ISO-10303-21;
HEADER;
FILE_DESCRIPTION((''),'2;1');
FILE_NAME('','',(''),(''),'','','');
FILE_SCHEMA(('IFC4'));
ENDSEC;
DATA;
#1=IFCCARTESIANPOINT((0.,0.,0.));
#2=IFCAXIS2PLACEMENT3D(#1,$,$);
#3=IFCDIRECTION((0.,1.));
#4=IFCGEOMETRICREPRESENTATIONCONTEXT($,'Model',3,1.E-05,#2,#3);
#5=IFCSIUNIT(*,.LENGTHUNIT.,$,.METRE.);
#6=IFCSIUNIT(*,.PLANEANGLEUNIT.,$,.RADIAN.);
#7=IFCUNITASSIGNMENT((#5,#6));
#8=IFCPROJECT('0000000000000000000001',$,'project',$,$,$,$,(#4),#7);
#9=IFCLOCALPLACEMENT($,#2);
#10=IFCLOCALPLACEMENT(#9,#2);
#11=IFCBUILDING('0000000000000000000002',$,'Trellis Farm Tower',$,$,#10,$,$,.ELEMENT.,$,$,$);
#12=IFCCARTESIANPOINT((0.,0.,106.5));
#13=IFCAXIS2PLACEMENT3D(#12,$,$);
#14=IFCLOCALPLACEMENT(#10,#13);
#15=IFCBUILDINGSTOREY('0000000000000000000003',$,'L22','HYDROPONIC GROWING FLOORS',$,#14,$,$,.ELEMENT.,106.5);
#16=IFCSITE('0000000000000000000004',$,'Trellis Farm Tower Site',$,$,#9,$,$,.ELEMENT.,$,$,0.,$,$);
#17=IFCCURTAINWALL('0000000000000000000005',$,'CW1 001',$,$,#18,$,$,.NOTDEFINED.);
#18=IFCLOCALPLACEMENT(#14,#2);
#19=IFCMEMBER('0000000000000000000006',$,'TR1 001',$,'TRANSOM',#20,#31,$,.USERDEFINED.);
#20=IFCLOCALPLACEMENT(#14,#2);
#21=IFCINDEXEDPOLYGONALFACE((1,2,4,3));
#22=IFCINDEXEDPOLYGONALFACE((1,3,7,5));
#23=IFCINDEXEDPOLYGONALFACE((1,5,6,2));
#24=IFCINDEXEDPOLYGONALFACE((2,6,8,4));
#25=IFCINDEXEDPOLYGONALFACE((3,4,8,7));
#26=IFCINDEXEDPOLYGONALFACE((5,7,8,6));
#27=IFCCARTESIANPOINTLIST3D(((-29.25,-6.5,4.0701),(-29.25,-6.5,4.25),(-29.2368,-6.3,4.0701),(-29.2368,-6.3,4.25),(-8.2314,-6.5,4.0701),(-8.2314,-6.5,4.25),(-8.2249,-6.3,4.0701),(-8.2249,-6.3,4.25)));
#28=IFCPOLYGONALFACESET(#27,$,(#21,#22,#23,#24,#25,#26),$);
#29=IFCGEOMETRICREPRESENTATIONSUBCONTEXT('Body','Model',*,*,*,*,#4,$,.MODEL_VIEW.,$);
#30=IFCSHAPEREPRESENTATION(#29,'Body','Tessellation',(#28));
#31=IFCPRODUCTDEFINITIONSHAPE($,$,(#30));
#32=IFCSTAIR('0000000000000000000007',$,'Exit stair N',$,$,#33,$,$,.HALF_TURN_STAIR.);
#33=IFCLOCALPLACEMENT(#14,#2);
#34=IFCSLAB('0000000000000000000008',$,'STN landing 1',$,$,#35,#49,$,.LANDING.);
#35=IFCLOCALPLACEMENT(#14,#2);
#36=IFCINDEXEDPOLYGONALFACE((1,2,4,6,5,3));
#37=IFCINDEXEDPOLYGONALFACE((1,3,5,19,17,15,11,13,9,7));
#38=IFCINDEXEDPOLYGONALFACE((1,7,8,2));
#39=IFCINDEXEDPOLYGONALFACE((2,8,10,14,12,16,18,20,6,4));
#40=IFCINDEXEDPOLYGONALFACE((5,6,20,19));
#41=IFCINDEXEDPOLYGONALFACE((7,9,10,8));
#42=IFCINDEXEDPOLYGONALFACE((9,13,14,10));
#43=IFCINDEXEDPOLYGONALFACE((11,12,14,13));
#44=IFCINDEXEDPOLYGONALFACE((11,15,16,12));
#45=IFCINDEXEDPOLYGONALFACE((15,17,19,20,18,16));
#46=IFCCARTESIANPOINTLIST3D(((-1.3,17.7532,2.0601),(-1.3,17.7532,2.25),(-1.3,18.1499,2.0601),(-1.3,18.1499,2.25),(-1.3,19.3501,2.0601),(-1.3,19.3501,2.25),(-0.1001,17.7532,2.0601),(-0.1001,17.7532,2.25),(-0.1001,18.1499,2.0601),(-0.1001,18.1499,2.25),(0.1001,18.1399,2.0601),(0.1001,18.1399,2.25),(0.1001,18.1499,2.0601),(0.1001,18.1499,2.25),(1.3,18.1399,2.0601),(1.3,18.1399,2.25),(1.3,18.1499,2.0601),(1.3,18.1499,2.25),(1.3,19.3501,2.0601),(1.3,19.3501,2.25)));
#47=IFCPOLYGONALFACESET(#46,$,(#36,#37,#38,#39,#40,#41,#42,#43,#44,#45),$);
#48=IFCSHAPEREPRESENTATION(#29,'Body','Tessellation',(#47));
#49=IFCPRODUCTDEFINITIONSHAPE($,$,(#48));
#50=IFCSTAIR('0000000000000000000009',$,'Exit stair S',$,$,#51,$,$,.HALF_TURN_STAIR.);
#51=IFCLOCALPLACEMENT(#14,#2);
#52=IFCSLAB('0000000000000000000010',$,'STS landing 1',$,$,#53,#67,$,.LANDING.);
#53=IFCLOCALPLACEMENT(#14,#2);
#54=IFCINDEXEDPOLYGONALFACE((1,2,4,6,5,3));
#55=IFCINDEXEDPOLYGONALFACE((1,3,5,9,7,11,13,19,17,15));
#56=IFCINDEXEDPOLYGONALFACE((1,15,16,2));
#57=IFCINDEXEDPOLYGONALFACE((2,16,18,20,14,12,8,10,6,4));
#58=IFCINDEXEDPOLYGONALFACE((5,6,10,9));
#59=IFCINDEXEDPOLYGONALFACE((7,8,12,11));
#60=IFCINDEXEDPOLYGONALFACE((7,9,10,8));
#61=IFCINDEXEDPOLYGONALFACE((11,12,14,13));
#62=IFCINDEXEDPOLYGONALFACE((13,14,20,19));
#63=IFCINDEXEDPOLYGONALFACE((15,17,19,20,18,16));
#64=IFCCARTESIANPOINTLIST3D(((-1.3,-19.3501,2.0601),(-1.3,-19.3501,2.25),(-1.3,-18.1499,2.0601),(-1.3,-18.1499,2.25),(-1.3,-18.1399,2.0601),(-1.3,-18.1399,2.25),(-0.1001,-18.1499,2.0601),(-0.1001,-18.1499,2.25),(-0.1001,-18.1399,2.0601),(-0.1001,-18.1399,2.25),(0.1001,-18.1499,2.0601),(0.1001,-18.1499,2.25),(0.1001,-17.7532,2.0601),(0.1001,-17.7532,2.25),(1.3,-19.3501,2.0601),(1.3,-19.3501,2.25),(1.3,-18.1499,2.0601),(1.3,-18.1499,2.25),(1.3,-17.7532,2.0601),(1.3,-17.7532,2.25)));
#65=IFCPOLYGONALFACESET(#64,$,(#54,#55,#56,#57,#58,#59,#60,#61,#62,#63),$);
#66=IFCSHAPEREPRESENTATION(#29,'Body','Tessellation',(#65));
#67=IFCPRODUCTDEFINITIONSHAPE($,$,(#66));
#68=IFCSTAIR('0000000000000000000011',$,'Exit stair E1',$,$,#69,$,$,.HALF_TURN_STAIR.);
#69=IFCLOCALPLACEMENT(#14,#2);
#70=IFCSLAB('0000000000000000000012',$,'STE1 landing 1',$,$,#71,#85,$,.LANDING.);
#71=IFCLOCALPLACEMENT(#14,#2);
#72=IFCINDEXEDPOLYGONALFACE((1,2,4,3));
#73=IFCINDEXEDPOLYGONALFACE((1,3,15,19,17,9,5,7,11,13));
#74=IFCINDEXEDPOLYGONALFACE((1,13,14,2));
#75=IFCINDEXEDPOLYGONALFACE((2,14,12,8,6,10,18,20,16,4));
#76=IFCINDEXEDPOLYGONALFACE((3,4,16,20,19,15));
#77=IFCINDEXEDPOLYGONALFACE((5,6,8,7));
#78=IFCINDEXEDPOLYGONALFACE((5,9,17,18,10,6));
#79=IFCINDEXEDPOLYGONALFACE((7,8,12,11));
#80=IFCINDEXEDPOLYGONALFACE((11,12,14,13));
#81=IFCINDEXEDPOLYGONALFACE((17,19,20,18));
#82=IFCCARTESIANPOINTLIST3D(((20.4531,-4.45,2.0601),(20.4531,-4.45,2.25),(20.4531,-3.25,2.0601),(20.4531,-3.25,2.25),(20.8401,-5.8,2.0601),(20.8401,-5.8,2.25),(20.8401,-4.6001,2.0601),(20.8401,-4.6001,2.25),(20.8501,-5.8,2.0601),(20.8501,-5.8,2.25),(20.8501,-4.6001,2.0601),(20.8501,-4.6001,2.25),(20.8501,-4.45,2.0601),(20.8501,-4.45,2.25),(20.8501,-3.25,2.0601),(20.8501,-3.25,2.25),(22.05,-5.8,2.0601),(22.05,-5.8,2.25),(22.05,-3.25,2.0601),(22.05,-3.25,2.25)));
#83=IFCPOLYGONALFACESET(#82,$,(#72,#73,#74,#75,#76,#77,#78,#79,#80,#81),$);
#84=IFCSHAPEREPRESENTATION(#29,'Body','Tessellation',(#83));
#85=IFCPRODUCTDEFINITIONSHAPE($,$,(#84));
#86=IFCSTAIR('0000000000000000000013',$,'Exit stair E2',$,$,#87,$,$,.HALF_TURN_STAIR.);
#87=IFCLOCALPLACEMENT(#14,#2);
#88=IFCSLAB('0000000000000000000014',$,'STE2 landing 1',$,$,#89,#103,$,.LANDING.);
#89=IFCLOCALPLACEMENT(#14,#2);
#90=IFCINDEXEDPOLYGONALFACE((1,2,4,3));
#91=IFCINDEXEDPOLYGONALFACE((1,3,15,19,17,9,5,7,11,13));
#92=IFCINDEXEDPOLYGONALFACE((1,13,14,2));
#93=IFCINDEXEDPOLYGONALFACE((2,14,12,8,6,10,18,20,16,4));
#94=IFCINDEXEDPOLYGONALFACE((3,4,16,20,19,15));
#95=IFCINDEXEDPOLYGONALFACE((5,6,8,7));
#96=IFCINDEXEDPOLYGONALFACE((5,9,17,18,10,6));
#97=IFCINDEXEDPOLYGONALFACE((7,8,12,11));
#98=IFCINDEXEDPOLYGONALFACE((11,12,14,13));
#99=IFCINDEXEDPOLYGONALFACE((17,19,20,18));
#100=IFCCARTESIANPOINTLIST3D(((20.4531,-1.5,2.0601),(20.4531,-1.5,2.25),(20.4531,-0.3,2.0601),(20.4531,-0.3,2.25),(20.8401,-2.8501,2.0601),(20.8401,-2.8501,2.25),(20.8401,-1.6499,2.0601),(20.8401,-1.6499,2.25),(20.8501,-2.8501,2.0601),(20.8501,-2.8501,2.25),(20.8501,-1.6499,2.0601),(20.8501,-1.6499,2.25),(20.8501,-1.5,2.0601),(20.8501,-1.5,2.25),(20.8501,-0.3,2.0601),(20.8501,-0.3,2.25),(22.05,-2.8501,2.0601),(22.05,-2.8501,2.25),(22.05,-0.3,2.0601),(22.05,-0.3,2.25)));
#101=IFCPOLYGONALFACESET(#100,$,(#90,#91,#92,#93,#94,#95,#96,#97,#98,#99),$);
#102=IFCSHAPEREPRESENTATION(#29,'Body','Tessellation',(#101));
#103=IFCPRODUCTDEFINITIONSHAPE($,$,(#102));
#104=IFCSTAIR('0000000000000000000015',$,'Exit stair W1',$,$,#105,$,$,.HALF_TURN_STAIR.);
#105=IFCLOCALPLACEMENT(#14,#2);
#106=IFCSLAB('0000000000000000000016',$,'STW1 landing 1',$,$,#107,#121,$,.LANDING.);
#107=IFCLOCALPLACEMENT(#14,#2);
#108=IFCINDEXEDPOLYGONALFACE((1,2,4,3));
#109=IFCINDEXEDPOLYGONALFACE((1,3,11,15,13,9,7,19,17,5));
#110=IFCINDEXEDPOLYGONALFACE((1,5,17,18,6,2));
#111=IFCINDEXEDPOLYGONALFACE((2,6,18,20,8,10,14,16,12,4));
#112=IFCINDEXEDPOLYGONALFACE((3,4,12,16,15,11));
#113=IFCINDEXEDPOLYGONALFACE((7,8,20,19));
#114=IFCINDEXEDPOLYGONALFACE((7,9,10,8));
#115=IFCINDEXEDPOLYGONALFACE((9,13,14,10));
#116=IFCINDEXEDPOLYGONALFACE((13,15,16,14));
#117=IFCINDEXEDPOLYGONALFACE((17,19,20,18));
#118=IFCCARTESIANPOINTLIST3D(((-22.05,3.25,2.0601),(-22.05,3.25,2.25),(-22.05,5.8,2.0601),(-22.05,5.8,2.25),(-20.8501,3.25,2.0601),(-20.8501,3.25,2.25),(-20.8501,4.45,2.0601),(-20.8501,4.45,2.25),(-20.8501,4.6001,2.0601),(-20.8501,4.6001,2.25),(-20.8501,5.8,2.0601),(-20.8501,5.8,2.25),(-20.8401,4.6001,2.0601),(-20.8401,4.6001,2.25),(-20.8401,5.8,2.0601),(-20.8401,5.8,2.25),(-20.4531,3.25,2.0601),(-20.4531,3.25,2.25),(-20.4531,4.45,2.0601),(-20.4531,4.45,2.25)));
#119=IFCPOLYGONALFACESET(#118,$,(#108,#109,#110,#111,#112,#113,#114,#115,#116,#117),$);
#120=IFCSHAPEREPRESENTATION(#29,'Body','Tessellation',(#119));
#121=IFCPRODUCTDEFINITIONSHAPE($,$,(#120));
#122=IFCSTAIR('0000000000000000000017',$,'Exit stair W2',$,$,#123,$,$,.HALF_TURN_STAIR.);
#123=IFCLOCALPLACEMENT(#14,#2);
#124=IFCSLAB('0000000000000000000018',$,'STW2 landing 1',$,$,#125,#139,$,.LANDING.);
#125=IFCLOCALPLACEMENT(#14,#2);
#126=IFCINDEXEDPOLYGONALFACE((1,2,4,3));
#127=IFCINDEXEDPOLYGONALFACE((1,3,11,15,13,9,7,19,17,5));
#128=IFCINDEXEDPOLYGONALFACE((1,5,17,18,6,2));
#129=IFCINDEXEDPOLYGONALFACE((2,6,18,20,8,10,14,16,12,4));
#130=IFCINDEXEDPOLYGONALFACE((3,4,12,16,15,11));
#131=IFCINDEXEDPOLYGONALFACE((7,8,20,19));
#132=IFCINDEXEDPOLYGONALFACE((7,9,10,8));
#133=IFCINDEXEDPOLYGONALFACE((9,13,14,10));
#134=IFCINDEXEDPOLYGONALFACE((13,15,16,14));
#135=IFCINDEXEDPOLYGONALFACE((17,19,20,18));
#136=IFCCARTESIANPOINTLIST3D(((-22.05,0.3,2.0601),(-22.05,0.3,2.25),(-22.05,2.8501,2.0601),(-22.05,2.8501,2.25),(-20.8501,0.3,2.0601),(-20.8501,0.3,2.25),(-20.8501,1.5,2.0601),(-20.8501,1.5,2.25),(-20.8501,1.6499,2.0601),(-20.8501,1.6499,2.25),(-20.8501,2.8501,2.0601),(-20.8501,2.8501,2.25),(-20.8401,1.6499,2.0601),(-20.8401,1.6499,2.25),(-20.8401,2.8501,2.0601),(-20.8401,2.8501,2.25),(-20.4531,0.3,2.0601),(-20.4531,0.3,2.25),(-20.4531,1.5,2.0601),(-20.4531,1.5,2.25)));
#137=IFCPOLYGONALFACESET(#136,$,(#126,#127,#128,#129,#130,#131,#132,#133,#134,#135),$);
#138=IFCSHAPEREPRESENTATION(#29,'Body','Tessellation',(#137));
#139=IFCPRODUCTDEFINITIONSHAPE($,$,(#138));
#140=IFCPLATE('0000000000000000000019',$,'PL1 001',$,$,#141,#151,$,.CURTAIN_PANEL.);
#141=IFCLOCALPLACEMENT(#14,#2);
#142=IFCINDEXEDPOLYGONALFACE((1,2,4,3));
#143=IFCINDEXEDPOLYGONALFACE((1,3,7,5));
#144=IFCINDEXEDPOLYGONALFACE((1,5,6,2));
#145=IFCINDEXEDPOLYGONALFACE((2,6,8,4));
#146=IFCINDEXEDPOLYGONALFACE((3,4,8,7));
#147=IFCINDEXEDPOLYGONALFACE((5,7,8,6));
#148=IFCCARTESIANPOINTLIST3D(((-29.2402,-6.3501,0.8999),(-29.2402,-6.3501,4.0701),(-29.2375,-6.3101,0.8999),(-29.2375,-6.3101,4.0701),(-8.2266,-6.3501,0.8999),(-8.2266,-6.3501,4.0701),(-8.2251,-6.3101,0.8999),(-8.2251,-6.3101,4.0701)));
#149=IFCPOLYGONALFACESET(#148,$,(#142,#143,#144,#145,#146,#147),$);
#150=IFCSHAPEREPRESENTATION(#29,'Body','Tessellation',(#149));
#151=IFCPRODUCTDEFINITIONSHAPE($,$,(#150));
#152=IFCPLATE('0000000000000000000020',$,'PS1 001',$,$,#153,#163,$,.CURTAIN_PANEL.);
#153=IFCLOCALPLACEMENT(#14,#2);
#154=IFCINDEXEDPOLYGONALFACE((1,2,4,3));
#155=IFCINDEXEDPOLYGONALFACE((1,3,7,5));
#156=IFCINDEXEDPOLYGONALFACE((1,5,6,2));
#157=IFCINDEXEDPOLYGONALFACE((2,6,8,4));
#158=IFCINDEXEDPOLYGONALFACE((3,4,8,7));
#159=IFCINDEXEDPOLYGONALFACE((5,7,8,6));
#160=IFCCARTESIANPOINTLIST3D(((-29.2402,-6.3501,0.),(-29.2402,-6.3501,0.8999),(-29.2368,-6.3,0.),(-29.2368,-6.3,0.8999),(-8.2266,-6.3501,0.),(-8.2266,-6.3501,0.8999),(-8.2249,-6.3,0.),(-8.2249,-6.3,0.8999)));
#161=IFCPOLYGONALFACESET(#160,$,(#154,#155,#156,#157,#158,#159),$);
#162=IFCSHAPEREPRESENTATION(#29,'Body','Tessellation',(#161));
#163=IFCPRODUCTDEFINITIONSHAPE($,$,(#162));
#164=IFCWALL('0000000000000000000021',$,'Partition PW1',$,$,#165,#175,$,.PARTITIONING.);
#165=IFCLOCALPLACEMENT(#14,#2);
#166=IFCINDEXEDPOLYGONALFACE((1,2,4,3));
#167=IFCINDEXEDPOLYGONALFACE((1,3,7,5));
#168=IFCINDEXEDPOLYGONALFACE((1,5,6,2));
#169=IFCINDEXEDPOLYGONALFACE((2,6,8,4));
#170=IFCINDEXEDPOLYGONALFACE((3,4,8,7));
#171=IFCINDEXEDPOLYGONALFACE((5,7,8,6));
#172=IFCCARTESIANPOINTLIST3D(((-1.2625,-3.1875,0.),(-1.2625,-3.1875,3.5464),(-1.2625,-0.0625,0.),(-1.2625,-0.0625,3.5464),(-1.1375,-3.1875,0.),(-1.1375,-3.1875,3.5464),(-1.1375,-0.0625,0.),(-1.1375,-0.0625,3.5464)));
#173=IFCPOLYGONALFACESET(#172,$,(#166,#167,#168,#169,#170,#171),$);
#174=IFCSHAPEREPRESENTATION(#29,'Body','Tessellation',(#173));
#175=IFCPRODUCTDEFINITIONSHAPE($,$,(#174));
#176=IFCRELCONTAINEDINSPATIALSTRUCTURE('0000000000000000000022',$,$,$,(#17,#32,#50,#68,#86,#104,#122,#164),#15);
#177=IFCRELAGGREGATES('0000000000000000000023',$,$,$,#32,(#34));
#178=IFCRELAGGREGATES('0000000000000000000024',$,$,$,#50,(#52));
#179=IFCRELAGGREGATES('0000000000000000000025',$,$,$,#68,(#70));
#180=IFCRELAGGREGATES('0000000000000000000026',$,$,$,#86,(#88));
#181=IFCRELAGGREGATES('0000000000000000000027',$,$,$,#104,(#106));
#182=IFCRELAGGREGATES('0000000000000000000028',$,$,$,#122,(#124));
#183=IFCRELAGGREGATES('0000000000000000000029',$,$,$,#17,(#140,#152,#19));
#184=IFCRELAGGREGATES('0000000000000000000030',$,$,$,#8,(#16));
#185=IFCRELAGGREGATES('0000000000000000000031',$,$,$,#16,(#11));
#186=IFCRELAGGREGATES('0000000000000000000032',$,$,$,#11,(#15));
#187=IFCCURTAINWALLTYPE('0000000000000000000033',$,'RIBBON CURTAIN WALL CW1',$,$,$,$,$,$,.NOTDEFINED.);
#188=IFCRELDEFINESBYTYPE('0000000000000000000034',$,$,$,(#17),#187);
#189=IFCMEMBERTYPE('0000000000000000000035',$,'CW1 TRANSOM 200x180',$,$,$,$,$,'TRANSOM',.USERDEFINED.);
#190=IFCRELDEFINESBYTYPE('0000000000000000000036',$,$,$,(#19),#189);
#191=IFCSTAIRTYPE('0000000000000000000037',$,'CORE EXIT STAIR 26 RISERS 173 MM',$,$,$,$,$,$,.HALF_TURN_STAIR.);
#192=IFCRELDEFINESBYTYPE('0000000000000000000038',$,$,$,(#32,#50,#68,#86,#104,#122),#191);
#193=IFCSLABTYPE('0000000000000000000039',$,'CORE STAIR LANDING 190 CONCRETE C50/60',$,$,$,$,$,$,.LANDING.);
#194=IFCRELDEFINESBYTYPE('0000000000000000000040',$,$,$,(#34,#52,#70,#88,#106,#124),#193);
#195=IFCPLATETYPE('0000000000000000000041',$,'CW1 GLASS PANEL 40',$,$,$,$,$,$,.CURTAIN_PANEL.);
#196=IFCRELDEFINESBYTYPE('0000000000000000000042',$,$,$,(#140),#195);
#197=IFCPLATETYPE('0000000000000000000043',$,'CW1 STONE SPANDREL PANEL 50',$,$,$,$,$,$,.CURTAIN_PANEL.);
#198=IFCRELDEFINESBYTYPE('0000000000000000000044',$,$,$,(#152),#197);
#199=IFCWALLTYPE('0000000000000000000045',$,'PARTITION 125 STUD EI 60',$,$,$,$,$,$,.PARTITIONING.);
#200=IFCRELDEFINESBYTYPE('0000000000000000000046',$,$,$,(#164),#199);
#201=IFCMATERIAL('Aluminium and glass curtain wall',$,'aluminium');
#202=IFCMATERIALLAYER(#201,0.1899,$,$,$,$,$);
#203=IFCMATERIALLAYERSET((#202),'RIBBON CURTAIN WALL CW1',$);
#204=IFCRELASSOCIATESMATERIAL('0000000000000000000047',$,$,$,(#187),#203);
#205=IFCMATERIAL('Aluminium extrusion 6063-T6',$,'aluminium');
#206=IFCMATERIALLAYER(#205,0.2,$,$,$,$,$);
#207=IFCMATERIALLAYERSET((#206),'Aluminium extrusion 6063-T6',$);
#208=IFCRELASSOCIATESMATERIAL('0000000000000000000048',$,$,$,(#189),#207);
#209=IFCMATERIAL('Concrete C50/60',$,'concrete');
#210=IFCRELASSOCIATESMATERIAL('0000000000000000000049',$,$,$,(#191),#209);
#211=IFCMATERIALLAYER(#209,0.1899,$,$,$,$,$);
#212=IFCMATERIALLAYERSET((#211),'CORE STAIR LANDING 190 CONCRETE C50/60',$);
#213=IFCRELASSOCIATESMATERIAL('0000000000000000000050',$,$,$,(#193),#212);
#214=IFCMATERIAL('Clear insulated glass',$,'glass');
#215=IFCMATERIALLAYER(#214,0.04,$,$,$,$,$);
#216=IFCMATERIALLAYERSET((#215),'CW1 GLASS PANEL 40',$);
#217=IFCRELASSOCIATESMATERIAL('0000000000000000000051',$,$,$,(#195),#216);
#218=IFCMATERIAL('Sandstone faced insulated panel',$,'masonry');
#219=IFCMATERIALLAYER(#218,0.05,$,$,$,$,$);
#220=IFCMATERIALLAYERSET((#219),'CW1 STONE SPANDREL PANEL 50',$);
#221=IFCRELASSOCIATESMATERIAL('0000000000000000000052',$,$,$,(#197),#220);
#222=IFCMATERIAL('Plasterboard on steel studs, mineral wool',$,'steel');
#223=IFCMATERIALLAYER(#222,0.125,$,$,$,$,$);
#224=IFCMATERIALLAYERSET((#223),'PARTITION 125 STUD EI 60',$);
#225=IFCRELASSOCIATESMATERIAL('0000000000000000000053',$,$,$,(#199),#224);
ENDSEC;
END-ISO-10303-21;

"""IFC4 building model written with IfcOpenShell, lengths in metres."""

from ifc_helpers import new_model, si_unit, direction, frame, frame_2d, origin, place, context, subcontext, project, spatial, polyline, rectangle, outline, extrude, source, transform, mapped, material, layer, layer_set, type_object, element, aggregate, save


model = new_model("IFC4")

# Units and contexts
model_context = context("Model", 3, precision=1e-05, world=origin(), true_north=direction((0.0, 1.0)))
body_context = subcontext(model_context, "Body", "Model", "MODEL_VIEW")
ifc_project = project(units=[si_unit("LENGTHUNIT", "METRE"), si_unit("PLANEANGLEUNIT", "RADIAN")], contexts=[model_context])

# Site, building, storey
site_placement = place(None, origin())
site = spatial("IfcSite", under=ifc_project, at=site_placement, Name="Trellis Farm Tower Site", CompositionType="ELEMENT", RefElevation=0.0)
building_placement = place(site_placement, origin())
building = spatial("IfcBuilding", under=site, at=building_placement, Name="Trellis Farm Tower", CompositionType="ELEMENT")
storey_placement = place(building_placement, frame((0.0, 0.0, 106.5)))
storey = spatial("IfcBuildingStorey", under=building, at=storey_placement, Name="L22", Description="HYDROPONIC GROWING FLOORS", CompositionType="ELEMENT", Elevation=106.5)

# Curtain wall, member
ifc_material_1 = material(Name="Aluminium and glass curtain wall", Category="aluminium")
ifc_layer_1 = layer(ifc_material_1, 0.1899)
ifc_layer_set_1 = layer_set([ifc_layer_1], Name="RIBBON CURTAIN WALL CW1")
curtain_wall_type = type_object("IfcCurtainWallType", Name="RIBBON CURTAIN WALL CW1", PredefinedType="NOTDEFINED", material=ifc_layer_set_1)
placement_1 = place(storey_placement, origin())
curtain_wall = element("IfcCurtainWall", 1, at=placement_1, inside=storey, type_object=curtain_wall_type, Name="CW1 001", PredefinedType="NOTDEFINED")
ifc_material_2 = material(Name="Aluminium extrusion 6063-T6", Category="aluminium")
ifc_layer_2 = layer(ifc_material_2, 0.2)
ifc_layer_set_2 = layer_set([ifc_layer_2], Name="Aluminium extrusion 6063-T6")
member_type = type_object("IfcMemberType", Name="CW1 TRANSOM 200x180", ElementType="TRANSOM", PredefinedType="USERDEFINED", material=ifc_layer_set_2)
shared_shape_1 = source(origin(), body_context, "Body", "SweptSolid", [
    extrude(outline(polyline([(-29.25, -6.5), (-8.2314, -6.5), (-8.2249, -6.3), (-29.2368, -6.3), (-29.25, -6.5)])), origin(), (0.0, 0.0, 1.0), 0.1799),
])
member_placement = place(storey_placement, frame((0.0, 0.0, 4.0701)))
member = element("IfcMember", 2, at=member_placement, type_object=member_type, Name="TR1 001", ObjectType="TRANSOM", PredefinedType="USERDEFINED", context=body_context, shape_type="MappedRepresentation", body=[
    mapped(shared_shape_1, transform((0.0, 0.0, 0.0))),
])

# Stairs, slabs
ifc_material_3 = material(Name="Concrete C50/60", Category="concrete")
stair_type = type_object("IfcStairType", Name="CORE EXIT STAIR 26 RISERS 173 MM", PredefinedType="HALF_TURN_STAIR", material=ifc_material_3)
stair_1 = element("IfcStair", 3, at=placement_1, inside=storey, type_object=stair_type, Name="Exit stair N", PredefinedType="HALF_TURN_STAIR")
ifc_layer_3 = layer(ifc_material_3, 0.1899)
ifc_layer_set_3 = layer_set([ifc_layer_3], Name="CORE STAIR LANDING 190 CONCRETE C50/60")
slab_type_1 = type_object("IfcSlabType", Name="CORE STAIR LANDING 190 CONCRETE C50/60", PredefinedType="LANDING", material=ifc_layer_set_3)
shared_shape_2 = source(origin(), body_context, "Body", "SweptSolid", [
    extrude(outline(polyline([(-0.1001, 17.7532), (-1.3, 17.7532), (-1.3, 18.1499), (-1.3, 19.3501), (1.3, 19.3501), (1.3, 18.1499), (1.3, 18.1399), (0.1001, 18.1399), (0.1001, 18.1499), (-0.1001, 18.1499), (-0.1001, 17.7532)])), origin(), (0.0, 0.0, 1.0), 0.1899),
])
placement_2 = place(storey_placement, frame((0.0, 0.0, 2.0601)))
slab_1 = element("IfcSlab", 4, at=placement_2, type_object=slab_type_1, Name="STN landing 1", PredefinedType="LANDING", context=body_context, shape_type="MappedRepresentation", body=[
    mapped(shared_shape_2, transform((0.0, 0.0, 0.0))),
])
aggregate(stair_1, [slab_1])
stair_2 = element("IfcStair", 5, at=placement_1, inside=storey, type_object=stair_type, Name="Exit stair S", PredefinedType="HALF_TURN_STAIR")
shared_shape_3 = source(origin(), body_context, "Body", "SweptSolid", [
    extrude(outline(polyline([(1.3, -19.3501), (-1.3, -19.3501), (-1.3, -18.1499), (-1.3, -18.1399), (-0.1001, -18.1399), (-0.1001, -18.1499), (0.1001, -18.1499), (0.1001, -17.7532), (1.3, -17.7532), (1.3, -18.1499), (1.3, -19.3501)])), origin(), (0.0, 0.0, 1.0), 0.1899),
])
slab_2 = element("IfcSlab", 6, at=placement_2, type_object=slab_type_1, Name="STS landing 1", PredefinedType="LANDING", context=body_context, shape_type="MappedRepresentation", body=[
    mapped(shared_shape_3, transform((0.0, 0.0, 0.0))),
])
aggregate(stair_2, [slab_2])
stair_3 = element("IfcStair", 7, at=placement_1, inside=storey, type_object=stair_type, Name="Exit stair E1", PredefinedType="HALF_TURN_STAIR")
shared_shape_4 = source(origin(), body_context, "Body", "SweptSolid", [
    extrude(outline(polyline([(20.8401, -5.8), (20.8401, -4.6001), (20.8501, -4.6001), (20.8501, -4.45), (20.4531, -4.45), (20.4531, -3.25), (20.8501, -3.25), (22.05, -3.25), (22.05, -5.8), (20.8501, -5.8), (20.8401, -5.8)])), origin(), (0.0, 0.0, 1.0), 0.1899),
])
slab_3 = element("IfcSlab", 8, at=placement_2, type_object=slab_type_1, Name="STE1 landing 1", PredefinedType="LANDING", context=body_context, shape_type="MappedRepresentation", body=[
    mapped(shared_shape_4, transform((0.0, 0.0, 0.0))),
])
aggregate(stair_3, [slab_3])
stair_4 = element("IfcStair", 9, at=placement_1, inside=storey, type_object=stair_type, Name="Exit stair E2", PredefinedType="HALF_TURN_STAIR")
shared_shape_5 = source(origin(), body_context, "Body", "SweptSolid", [
    extrude(outline(polyline([(20.8401, -2.8501), (20.8401, -1.6499), (20.8501, -1.6499), (20.8501, -1.5), (20.4531, -1.5), (20.4531, -0.3), (20.8501, -0.3), (22.05, -0.3), (22.05, -2.8501), (20.8501, -2.8501), (20.8401, -2.8501)])), origin(), (0.0, 0.0, 1.0), 0.1899),
])
slab_4 = element("IfcSlab", 10, at=placement_2, type_object=slab_type_1, Name="STE2 landing 1", PredefinedType="LANDING", context=body_context, shape_type="MappedRepresentation", body=[
    mapped(shared_shape_5, transform((0.0, 0.0, 0.0))),
])
aggregate(stair_4, [slab_4])
stair_5 = element("IfcStair", 11, at=placement_1, inside=storey, type_object=stair_type, Name="Exit stair W1", PredefinedType="HALF_TURN_STAIR")
shared_shape_6 = source(origin(), body_context, "Body", "SweptSolid", [
    extrude(outline(polyline([(-20.4531, 4.45), (-20.4531, 3.25), (-20.8501, 3.25), (-22.05, 3.25), (-22.05, 5.8), (-20.8501, 5.8), (-20.8401, 5.8), (-20.8401, 4.6001), (-20.8501, 4.6001), (-20.8501, 4.45), (-20.4531, 4.45)])), origin(), (0.0, 0.0, 1.0), 0.1899),
])
slab_5 = element("IfcSlab", 12, at=placement_2, type_object=slab_type_1, Name="STW1 landing 1", PredefinedType="LANDING", context=body_context, shape_type="MappedRepresentation", body=[
    mapped(shared_shape_6, transform((0.0, 0.0, 0.0))),
])
aggregate(stair_5, [slab_5])
stair_6 = element("IfcStair", 13, at=placement_1, inside=storey, type_object=stair_type, Name="Exit stair W2", PredefinedType="HALF_TURN_STAIR")
shared_shape_7 = source(origin(), body_context, "Body", "SweptSolid", [
    extrude(outline(polyline([(-20.4531, 1.5), (-20.4531, 0.3), (-20.8501, 0.3), (-22.05, 0.3), (-22.05, 2.8501), (-20.8501, 2.8501), (-20.8401, 2.8501), (-20.8401, 1.6499), (-20.8501, 1.6499), (-20.8501, 1.5), (-20.4531, 1.5)])), origin(), (0.0, 0.0, 1.0), 0.1899),
])
slab_6 = element("IfcSlab", 14, at=placement_2, type_object=slab_type_1, Name="STW2 landing 1", PredefinedType="LANDING", context=body_context, shape_type="MappedRepresentation", body=[
    mapped(shared_shape_7, transform((0.0, 0.0, 0.0))),
])
aggregate(stair_6, [slab_6])

# Plates
ifc_material_4 = material(Name="Clear insulated glass", Category="glass")
ifc_layer_4 = layer(ifc_material_4, 0.04)
ifc_layer_set_4 = layer_set([ifc_layer_4], Name="CW1 GLASS PANEL 40")
plate_type_1 = type_object("IfcPlateType", Name="CW1 GLASS PANEL 40", PredefinedType="CURTAIN_PANEL", material=ifc_layer_set_4)
shared_shape_8 = source(origin(), body_context, "Body", "SweptSolid", [
    extrude(outline(polyline([(-29.2402, -6.3501), (-8.2266, -6.3501), (-8.2251, -6.3101), (-29.2375, -6.3101), (-29.2402, -6.3501)])), origin(), (0.0, 0.0, 1.0), 3.1702),
])
plate_1_placement = place(storey_placement, frame((0.0, 0.0, 0.8999)))
plate_1 = element("IfcPlate", 15, at=plate_1_placement, type_object=plate_type_1, Name="PL1 001", PredefinedType="CURTAIN_PANEL", context=body_context, shape_type="MappedRepresentation", body=[
    mapped(shared_shape_8, transform((0.0, 0.0, 0.0))),
])
ifc_material_5 = material(Name="Sandstone faced insulated panel", Category="masonry")
ifc_layer_5 = layer(ifc_material_5, 0.05)
ifc_layer_set_5 = layer_set([ifc_layer_5], Name="CW1 STONE SPANDREL PANEL 50")
plate_type_2 = type_object("IfcPlateType", Name="CW1 STONE SPANDREL PANEL 50", PredefinedType="CURTAIN_PANEL", material=ifc_layer_set_5)
shared_shape_9 = source(origin(), body_context, "Body", "SweptSolid", [
    extrude(outline(polyline([(-29.2402, -6.3501), (-8.2266, -6.3501), (-8.2249, -6.3), (-29.2368, -6.3), (-29.2402, -6.3501)])), origin(), (0.0, 0.0, 1.0), 0.8999),
])
plate_2 = element("IfcPlate", 16, at=placement_1, type_object=plate_type_2, Name="PS1 001", PredefinedType="CURTAIN_PANEL", context=body_context, shape_type="MappedRepresentation", body=[
    mapped(shared_shape_9, transform((0.0, 0.0, 0.0))),
])
aggregate(curtain_wall, [plate_1, plate_2, member])

# Wall
ifc_material_6 = material(Name="Plasterboard on steel studs, mineral wool", Category="steel")
ifc_layer_6 = layer(ifc_material_6, 0.125)
ifc_layer_set_6 = layer_set([ifc_layer_6], Name="PARTITION 125 STUD EI 60")
wall_type = type_object("IfcWallType", Name="PARTITION 125 STUD EI 60", PredefinedType="PARTITIONING", material=ifc_layer_set_6)
shared_shape_10 = source(origin(), body_context, "Body", "SweptSolid", [
    extrude(rectangle(XDim=3.125, YDim=0.125, at=frame_2d((1.5625, 0.0))), origin(), (0.0, 0.0, 1.0), 3.5464),
])
wall_1_placement = place(storey_placement, frame((-1.2, -0.0625, 0.0), z_axis=(0.0, 0.0, 1.0), x_axis=(0.0, -1.0, 0.0)))
element("IfcWall", 17, at=wall_1_placement, inside=storey, type_object=wall_type, Name="Partition PW1", PredefinedType="PARTITIONING", context=body_context, shape_type="MappedRepresentation", body=[
    mapped(shared_shape_10, transform((0.0, 0.0, 0.0))),
])

save(model, "model.ifc")
